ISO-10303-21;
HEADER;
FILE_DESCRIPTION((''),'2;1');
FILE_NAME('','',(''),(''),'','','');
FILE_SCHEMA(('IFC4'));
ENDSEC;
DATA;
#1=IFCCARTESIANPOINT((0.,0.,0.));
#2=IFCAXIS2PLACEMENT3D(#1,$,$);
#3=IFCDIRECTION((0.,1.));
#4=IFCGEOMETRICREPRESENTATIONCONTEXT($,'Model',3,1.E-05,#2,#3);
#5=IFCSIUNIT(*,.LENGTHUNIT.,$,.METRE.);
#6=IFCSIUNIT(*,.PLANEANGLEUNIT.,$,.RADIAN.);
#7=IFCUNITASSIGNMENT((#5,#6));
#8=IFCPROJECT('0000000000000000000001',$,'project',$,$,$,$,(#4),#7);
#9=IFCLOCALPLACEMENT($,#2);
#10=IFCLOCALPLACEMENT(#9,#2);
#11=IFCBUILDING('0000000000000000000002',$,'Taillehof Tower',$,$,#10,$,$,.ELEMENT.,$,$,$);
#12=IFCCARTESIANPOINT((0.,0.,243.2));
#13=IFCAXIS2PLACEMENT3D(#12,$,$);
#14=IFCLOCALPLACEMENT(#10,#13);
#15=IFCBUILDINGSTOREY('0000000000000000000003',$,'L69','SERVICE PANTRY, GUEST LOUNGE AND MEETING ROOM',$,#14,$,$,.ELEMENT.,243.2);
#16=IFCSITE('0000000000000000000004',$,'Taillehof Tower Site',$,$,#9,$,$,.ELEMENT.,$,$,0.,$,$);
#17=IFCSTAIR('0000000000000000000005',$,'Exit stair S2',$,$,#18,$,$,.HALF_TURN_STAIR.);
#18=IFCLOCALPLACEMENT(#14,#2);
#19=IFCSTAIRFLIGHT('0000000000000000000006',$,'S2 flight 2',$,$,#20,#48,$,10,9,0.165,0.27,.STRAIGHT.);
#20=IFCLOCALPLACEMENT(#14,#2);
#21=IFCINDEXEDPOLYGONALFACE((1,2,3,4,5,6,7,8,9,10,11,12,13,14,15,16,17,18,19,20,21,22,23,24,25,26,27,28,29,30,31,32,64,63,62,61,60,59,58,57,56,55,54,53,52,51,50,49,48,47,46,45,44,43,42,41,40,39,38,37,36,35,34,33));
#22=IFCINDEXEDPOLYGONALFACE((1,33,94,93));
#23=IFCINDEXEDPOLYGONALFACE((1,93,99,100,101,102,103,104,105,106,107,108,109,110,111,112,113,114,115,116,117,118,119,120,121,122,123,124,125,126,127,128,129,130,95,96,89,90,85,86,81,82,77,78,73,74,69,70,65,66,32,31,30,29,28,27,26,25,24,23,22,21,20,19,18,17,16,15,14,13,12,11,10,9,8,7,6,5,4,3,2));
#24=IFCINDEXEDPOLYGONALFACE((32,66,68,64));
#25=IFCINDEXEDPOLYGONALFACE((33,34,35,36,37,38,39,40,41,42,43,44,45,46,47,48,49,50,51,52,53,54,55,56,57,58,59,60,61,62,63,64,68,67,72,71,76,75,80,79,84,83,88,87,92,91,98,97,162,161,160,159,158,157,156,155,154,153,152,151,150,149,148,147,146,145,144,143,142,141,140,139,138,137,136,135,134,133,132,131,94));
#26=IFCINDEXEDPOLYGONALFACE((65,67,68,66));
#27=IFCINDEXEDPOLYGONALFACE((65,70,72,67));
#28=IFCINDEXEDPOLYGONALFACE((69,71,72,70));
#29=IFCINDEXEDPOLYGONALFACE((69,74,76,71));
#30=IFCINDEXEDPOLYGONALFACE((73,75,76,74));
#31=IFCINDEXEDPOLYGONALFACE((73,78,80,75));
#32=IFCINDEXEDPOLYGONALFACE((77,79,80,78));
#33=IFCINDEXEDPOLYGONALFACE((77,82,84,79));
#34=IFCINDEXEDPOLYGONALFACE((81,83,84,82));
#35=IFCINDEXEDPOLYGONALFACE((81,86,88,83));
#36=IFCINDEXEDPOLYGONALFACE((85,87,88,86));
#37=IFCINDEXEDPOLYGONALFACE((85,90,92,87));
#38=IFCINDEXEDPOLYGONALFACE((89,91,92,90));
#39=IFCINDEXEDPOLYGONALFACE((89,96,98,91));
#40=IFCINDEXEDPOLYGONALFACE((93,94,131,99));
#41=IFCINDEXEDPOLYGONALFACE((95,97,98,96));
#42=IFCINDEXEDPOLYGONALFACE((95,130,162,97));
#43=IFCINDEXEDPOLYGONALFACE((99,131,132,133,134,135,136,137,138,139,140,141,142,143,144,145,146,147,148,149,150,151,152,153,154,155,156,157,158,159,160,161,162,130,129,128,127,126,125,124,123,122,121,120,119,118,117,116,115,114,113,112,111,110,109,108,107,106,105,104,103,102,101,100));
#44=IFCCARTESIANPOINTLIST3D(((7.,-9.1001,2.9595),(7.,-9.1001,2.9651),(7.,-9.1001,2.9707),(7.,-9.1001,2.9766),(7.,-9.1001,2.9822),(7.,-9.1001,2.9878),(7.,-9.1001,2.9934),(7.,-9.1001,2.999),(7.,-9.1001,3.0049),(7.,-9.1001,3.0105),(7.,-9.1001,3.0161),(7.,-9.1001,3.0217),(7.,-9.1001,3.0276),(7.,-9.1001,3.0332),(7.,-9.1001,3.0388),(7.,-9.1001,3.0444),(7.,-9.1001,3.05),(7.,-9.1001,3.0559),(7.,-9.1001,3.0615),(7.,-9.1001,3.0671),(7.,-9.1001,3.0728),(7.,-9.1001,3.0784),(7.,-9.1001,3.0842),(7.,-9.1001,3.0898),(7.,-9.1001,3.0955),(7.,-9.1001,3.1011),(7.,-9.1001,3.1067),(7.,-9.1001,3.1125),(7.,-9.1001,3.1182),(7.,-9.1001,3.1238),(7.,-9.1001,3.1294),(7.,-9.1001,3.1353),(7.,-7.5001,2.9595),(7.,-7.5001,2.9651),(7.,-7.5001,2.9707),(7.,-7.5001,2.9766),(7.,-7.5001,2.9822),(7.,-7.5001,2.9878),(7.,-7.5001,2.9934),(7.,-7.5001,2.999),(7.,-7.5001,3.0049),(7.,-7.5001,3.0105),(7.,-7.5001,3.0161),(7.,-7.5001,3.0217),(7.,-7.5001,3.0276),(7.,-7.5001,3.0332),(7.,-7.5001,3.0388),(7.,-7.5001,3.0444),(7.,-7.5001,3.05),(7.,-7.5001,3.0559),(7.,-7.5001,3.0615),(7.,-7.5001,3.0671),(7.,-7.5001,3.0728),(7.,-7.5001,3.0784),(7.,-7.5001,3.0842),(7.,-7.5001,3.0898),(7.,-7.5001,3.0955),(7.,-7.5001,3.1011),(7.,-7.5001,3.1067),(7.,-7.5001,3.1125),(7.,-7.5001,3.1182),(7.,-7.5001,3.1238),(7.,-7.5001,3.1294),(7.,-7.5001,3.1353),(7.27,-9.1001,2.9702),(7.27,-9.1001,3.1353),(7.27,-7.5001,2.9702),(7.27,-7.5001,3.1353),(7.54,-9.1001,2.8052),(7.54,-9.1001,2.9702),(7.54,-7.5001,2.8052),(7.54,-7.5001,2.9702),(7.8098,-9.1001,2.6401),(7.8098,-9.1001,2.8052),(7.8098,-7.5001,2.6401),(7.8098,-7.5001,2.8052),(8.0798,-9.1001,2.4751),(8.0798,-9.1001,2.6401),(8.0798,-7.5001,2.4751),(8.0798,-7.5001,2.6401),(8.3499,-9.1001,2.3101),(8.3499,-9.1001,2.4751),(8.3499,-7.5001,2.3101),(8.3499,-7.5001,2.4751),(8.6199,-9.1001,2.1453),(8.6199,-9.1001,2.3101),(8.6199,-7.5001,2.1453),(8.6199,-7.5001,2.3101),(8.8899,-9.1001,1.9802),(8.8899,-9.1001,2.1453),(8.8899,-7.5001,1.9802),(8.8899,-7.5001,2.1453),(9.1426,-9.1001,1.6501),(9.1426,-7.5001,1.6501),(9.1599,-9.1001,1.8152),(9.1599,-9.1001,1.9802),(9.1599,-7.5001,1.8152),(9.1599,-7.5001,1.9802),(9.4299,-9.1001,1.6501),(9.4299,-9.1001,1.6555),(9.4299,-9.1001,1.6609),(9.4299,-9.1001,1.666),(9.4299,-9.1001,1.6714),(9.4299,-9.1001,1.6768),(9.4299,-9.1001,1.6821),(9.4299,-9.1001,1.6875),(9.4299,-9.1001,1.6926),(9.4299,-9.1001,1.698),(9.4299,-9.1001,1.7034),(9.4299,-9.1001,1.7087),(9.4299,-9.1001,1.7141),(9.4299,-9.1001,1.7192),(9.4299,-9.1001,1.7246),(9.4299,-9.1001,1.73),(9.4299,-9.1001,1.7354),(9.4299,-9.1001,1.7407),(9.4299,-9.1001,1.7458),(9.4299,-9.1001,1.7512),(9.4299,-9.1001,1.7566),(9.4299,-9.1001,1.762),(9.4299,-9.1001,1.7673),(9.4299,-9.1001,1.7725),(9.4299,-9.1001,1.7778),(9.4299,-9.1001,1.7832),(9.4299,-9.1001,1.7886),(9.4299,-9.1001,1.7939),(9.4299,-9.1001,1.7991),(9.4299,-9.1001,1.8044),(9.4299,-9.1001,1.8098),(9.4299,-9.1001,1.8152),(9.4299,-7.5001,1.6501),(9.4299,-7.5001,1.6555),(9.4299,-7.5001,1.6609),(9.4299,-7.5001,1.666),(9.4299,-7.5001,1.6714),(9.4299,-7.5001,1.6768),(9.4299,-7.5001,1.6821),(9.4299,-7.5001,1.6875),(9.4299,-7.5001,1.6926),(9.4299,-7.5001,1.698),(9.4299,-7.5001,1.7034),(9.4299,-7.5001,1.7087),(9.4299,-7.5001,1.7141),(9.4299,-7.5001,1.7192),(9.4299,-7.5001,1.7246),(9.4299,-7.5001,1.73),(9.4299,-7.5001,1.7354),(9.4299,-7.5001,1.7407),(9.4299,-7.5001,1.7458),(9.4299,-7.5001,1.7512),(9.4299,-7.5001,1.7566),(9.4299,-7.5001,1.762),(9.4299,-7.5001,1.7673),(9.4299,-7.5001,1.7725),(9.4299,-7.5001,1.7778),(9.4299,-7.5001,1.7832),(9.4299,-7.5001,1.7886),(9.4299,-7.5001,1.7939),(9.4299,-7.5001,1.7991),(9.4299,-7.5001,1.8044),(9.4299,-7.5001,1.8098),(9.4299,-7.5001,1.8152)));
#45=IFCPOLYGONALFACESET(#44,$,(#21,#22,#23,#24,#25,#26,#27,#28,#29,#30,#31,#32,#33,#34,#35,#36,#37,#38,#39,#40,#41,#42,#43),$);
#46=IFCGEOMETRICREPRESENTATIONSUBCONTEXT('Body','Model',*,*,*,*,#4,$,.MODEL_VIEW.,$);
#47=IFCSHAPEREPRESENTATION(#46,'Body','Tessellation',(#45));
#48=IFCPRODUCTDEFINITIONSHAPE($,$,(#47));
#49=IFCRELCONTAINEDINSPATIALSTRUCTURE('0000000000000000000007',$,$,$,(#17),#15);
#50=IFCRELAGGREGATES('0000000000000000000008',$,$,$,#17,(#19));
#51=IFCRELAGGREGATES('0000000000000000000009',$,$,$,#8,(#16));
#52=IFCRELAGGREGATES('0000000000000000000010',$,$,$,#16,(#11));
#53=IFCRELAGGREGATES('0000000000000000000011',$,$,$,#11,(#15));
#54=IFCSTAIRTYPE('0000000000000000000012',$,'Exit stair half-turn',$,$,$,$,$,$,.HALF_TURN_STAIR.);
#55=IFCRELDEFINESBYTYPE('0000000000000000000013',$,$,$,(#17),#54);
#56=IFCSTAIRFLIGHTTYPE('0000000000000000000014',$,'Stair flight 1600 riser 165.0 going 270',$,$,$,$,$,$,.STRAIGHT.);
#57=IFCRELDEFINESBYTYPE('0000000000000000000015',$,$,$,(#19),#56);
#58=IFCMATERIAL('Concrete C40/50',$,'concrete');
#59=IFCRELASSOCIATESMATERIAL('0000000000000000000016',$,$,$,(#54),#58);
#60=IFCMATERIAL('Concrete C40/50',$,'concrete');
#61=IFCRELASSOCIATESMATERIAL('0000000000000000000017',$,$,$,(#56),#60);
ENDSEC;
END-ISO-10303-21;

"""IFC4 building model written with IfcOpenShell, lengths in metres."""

from ifc_helpers import new_model, si_unit, direction, frame, origin, place, context, subcontext, project, spatial, polyline, outline, extrude, material, type_object, element, aggregate, save


model = new_model("IFC4")

# Units and contexts
model_context = context("Model", 3, precision=1e-05, world=origin(), true_north=direction((0.0, 1.0)))
body_context = subcontext(model_context, "Body", "Model", "MODEL_VIEW")
ifc_project = project(units=[si_unit("LENGTHUNIT", "METRE"), si_unit("PLANEANGLEUNIT", "RADIAN")], contexts=[model_context])

# Site, building, storey
site_placement = place(None, origin())
site = spatial("IfcSite", under=ifc_project, at=site_placement, Name="Taillehof Tower Site", CompositionType="ELEMENT", RefElevation=0.0)
building_placement = place(site_placement, origin())
building = spatial("IfcBuilding", under=site, at=building_placement, Name="Taillehof Tower", CompositionType="ELEMENT")
storey_placement = place(building_placement, frame((0.0, 0.0, 243.2)))
storey = spatial("IfcBuildingStorey", under=building, at=storey_placement, Name="L69", Description="SERVICE PANTRY, GUEST LOUNGE AND MEETING ROOM", CompositionType="ELEMENT", Elevation=243.2)

# Stair, stair flight
ifc_material_1 = material(Name="Concrete C40/50", Category="concrete")
stair_type = type_object("IfcStairType", Name="Exit stair half-turn", PredefinedType="HALF_TURN_STAIR", material=ifc_material_1)
stair_placement = place(storey_placement, origin())
stair = element("IfcStair", 1, at=stair_placement, inside=storey, type_object=stair_type, Name="Exit stair S2", PredefinedType="HALF_TURN_STAIR")
ifc_material_2 = material(Name="Concrete C40/50", Category="concrete")
stair_flight_type = type_object("IfcStairFlightType", Name="Stair flight 1600 riser 165.0 going 270", PredefinedType="STRAIGHT", material=ifc_material_2)
stair_flight_placement = place(storey_placement, frame((9.4299, -8.3, 1.6501), z_axis=(0.0, 0.0, 1.0), x_axis=(-1.0, 0.0, 0.0)))
stair_flight = element("IfcStairFlight", 2, at=stair_flight_placement, type_object=stair_flight_type, Name="S2 flight 2", NumberOfRisers=10, NumberOfTreads=9, PredefinedType="STRAIGHT", RiserHeight=0.165, TreadLength=0.27, context=body_context, shape_type="SweptSolid", body=[
    extrude(outline(polyline([(0.0, 0.0), (0.0, 0.0054), (0.0, 0.0107), (0.0, 0.0159), (0.0, 0.0212), (0.0, 0.0266), (0.0, 0.032), (0.0, 0.0374), (0.0, 0.0425), (0.0, 0.0479), (0.0, 0.0532), (0.0, 0.0586), (0.0, 0.064), (0.0, 0.0691), (0.0, 0.0745), (0.0, 0.0798), (0.0, 0.0852), (0.0, 0.0906), (0.0, 0.0957), (0.0, 0.1011), (0.0, 0.1064), (0.0, 0.1118), (0.0, 0.1172), (0.0, 0.1223), (0.0, 0.1277), (0.0, 0.1331), (0.0, 0.1384), (0.0, 0.1438), (0.0, 0.1489), (0.0, 0.1543), (0.0, 0.1597), (0.0, 0.165), (0.27, 0.165), (0.27, 0.3301), (0.54, 0.3301), (0.54, 0.4951), (0.8101, 0.4951), (0.8101, 0.6599), (1.0801, 0.6599), (1.0801, 0.825), (1.3501, 0.825), (1.3501, 0.99), (1.6201, 0.99), (1.6201, 1.155), (1.8899, 1.155), (1.8899, 1.3201), (2.1599, 1.3201), (2.1599, 1.4851), (2.4299, 1.4851), (2.4299, 1.4792), (2.4299, 1.4736), (2.4299, 1.468), (2.4299, 1.4624), (2.4299, 1.4565), (2.4299, 1.4509), (2.4299, 1.4453), (2.4299, 1.4397), (2.4299, 1.4341), (2.4299, 1.4282), (2.4299, 1.4226), (2.4299, 1.417), (2.4299, 1.4114), (2.4299, 1.4058), (2.4299, 1.3999), (2.4299, 1.3943), (2.4299, 1.3887), (2.4299, 1.3831), (2.4299, 1.3774), (2.4299, 1.3716), (2.4299, 1.366), (2.4299, 1.3604), (2.4299, 1.3547), (2.4299, 1.3489), (2.4299, 1.3433), (2.4299, 1.3376), (2.4299, 1.332), (2.4299, 1.3264), (2.4299, 1.3206), (2.4299, 1.3149), (2.4299, 1.3093), (0.2874, 0.0), (0.0, 0.0)])), frame((0.0, 0.8, 0.0), z_axis=(0.0, -1.0, 0.0), x_axis=(1.0, 0.0, 0.0)), (0.0, 0.0, 1.0), 1.6),
])
aggregate(stair, [stair_flight])

save(model, "model.ifc")
